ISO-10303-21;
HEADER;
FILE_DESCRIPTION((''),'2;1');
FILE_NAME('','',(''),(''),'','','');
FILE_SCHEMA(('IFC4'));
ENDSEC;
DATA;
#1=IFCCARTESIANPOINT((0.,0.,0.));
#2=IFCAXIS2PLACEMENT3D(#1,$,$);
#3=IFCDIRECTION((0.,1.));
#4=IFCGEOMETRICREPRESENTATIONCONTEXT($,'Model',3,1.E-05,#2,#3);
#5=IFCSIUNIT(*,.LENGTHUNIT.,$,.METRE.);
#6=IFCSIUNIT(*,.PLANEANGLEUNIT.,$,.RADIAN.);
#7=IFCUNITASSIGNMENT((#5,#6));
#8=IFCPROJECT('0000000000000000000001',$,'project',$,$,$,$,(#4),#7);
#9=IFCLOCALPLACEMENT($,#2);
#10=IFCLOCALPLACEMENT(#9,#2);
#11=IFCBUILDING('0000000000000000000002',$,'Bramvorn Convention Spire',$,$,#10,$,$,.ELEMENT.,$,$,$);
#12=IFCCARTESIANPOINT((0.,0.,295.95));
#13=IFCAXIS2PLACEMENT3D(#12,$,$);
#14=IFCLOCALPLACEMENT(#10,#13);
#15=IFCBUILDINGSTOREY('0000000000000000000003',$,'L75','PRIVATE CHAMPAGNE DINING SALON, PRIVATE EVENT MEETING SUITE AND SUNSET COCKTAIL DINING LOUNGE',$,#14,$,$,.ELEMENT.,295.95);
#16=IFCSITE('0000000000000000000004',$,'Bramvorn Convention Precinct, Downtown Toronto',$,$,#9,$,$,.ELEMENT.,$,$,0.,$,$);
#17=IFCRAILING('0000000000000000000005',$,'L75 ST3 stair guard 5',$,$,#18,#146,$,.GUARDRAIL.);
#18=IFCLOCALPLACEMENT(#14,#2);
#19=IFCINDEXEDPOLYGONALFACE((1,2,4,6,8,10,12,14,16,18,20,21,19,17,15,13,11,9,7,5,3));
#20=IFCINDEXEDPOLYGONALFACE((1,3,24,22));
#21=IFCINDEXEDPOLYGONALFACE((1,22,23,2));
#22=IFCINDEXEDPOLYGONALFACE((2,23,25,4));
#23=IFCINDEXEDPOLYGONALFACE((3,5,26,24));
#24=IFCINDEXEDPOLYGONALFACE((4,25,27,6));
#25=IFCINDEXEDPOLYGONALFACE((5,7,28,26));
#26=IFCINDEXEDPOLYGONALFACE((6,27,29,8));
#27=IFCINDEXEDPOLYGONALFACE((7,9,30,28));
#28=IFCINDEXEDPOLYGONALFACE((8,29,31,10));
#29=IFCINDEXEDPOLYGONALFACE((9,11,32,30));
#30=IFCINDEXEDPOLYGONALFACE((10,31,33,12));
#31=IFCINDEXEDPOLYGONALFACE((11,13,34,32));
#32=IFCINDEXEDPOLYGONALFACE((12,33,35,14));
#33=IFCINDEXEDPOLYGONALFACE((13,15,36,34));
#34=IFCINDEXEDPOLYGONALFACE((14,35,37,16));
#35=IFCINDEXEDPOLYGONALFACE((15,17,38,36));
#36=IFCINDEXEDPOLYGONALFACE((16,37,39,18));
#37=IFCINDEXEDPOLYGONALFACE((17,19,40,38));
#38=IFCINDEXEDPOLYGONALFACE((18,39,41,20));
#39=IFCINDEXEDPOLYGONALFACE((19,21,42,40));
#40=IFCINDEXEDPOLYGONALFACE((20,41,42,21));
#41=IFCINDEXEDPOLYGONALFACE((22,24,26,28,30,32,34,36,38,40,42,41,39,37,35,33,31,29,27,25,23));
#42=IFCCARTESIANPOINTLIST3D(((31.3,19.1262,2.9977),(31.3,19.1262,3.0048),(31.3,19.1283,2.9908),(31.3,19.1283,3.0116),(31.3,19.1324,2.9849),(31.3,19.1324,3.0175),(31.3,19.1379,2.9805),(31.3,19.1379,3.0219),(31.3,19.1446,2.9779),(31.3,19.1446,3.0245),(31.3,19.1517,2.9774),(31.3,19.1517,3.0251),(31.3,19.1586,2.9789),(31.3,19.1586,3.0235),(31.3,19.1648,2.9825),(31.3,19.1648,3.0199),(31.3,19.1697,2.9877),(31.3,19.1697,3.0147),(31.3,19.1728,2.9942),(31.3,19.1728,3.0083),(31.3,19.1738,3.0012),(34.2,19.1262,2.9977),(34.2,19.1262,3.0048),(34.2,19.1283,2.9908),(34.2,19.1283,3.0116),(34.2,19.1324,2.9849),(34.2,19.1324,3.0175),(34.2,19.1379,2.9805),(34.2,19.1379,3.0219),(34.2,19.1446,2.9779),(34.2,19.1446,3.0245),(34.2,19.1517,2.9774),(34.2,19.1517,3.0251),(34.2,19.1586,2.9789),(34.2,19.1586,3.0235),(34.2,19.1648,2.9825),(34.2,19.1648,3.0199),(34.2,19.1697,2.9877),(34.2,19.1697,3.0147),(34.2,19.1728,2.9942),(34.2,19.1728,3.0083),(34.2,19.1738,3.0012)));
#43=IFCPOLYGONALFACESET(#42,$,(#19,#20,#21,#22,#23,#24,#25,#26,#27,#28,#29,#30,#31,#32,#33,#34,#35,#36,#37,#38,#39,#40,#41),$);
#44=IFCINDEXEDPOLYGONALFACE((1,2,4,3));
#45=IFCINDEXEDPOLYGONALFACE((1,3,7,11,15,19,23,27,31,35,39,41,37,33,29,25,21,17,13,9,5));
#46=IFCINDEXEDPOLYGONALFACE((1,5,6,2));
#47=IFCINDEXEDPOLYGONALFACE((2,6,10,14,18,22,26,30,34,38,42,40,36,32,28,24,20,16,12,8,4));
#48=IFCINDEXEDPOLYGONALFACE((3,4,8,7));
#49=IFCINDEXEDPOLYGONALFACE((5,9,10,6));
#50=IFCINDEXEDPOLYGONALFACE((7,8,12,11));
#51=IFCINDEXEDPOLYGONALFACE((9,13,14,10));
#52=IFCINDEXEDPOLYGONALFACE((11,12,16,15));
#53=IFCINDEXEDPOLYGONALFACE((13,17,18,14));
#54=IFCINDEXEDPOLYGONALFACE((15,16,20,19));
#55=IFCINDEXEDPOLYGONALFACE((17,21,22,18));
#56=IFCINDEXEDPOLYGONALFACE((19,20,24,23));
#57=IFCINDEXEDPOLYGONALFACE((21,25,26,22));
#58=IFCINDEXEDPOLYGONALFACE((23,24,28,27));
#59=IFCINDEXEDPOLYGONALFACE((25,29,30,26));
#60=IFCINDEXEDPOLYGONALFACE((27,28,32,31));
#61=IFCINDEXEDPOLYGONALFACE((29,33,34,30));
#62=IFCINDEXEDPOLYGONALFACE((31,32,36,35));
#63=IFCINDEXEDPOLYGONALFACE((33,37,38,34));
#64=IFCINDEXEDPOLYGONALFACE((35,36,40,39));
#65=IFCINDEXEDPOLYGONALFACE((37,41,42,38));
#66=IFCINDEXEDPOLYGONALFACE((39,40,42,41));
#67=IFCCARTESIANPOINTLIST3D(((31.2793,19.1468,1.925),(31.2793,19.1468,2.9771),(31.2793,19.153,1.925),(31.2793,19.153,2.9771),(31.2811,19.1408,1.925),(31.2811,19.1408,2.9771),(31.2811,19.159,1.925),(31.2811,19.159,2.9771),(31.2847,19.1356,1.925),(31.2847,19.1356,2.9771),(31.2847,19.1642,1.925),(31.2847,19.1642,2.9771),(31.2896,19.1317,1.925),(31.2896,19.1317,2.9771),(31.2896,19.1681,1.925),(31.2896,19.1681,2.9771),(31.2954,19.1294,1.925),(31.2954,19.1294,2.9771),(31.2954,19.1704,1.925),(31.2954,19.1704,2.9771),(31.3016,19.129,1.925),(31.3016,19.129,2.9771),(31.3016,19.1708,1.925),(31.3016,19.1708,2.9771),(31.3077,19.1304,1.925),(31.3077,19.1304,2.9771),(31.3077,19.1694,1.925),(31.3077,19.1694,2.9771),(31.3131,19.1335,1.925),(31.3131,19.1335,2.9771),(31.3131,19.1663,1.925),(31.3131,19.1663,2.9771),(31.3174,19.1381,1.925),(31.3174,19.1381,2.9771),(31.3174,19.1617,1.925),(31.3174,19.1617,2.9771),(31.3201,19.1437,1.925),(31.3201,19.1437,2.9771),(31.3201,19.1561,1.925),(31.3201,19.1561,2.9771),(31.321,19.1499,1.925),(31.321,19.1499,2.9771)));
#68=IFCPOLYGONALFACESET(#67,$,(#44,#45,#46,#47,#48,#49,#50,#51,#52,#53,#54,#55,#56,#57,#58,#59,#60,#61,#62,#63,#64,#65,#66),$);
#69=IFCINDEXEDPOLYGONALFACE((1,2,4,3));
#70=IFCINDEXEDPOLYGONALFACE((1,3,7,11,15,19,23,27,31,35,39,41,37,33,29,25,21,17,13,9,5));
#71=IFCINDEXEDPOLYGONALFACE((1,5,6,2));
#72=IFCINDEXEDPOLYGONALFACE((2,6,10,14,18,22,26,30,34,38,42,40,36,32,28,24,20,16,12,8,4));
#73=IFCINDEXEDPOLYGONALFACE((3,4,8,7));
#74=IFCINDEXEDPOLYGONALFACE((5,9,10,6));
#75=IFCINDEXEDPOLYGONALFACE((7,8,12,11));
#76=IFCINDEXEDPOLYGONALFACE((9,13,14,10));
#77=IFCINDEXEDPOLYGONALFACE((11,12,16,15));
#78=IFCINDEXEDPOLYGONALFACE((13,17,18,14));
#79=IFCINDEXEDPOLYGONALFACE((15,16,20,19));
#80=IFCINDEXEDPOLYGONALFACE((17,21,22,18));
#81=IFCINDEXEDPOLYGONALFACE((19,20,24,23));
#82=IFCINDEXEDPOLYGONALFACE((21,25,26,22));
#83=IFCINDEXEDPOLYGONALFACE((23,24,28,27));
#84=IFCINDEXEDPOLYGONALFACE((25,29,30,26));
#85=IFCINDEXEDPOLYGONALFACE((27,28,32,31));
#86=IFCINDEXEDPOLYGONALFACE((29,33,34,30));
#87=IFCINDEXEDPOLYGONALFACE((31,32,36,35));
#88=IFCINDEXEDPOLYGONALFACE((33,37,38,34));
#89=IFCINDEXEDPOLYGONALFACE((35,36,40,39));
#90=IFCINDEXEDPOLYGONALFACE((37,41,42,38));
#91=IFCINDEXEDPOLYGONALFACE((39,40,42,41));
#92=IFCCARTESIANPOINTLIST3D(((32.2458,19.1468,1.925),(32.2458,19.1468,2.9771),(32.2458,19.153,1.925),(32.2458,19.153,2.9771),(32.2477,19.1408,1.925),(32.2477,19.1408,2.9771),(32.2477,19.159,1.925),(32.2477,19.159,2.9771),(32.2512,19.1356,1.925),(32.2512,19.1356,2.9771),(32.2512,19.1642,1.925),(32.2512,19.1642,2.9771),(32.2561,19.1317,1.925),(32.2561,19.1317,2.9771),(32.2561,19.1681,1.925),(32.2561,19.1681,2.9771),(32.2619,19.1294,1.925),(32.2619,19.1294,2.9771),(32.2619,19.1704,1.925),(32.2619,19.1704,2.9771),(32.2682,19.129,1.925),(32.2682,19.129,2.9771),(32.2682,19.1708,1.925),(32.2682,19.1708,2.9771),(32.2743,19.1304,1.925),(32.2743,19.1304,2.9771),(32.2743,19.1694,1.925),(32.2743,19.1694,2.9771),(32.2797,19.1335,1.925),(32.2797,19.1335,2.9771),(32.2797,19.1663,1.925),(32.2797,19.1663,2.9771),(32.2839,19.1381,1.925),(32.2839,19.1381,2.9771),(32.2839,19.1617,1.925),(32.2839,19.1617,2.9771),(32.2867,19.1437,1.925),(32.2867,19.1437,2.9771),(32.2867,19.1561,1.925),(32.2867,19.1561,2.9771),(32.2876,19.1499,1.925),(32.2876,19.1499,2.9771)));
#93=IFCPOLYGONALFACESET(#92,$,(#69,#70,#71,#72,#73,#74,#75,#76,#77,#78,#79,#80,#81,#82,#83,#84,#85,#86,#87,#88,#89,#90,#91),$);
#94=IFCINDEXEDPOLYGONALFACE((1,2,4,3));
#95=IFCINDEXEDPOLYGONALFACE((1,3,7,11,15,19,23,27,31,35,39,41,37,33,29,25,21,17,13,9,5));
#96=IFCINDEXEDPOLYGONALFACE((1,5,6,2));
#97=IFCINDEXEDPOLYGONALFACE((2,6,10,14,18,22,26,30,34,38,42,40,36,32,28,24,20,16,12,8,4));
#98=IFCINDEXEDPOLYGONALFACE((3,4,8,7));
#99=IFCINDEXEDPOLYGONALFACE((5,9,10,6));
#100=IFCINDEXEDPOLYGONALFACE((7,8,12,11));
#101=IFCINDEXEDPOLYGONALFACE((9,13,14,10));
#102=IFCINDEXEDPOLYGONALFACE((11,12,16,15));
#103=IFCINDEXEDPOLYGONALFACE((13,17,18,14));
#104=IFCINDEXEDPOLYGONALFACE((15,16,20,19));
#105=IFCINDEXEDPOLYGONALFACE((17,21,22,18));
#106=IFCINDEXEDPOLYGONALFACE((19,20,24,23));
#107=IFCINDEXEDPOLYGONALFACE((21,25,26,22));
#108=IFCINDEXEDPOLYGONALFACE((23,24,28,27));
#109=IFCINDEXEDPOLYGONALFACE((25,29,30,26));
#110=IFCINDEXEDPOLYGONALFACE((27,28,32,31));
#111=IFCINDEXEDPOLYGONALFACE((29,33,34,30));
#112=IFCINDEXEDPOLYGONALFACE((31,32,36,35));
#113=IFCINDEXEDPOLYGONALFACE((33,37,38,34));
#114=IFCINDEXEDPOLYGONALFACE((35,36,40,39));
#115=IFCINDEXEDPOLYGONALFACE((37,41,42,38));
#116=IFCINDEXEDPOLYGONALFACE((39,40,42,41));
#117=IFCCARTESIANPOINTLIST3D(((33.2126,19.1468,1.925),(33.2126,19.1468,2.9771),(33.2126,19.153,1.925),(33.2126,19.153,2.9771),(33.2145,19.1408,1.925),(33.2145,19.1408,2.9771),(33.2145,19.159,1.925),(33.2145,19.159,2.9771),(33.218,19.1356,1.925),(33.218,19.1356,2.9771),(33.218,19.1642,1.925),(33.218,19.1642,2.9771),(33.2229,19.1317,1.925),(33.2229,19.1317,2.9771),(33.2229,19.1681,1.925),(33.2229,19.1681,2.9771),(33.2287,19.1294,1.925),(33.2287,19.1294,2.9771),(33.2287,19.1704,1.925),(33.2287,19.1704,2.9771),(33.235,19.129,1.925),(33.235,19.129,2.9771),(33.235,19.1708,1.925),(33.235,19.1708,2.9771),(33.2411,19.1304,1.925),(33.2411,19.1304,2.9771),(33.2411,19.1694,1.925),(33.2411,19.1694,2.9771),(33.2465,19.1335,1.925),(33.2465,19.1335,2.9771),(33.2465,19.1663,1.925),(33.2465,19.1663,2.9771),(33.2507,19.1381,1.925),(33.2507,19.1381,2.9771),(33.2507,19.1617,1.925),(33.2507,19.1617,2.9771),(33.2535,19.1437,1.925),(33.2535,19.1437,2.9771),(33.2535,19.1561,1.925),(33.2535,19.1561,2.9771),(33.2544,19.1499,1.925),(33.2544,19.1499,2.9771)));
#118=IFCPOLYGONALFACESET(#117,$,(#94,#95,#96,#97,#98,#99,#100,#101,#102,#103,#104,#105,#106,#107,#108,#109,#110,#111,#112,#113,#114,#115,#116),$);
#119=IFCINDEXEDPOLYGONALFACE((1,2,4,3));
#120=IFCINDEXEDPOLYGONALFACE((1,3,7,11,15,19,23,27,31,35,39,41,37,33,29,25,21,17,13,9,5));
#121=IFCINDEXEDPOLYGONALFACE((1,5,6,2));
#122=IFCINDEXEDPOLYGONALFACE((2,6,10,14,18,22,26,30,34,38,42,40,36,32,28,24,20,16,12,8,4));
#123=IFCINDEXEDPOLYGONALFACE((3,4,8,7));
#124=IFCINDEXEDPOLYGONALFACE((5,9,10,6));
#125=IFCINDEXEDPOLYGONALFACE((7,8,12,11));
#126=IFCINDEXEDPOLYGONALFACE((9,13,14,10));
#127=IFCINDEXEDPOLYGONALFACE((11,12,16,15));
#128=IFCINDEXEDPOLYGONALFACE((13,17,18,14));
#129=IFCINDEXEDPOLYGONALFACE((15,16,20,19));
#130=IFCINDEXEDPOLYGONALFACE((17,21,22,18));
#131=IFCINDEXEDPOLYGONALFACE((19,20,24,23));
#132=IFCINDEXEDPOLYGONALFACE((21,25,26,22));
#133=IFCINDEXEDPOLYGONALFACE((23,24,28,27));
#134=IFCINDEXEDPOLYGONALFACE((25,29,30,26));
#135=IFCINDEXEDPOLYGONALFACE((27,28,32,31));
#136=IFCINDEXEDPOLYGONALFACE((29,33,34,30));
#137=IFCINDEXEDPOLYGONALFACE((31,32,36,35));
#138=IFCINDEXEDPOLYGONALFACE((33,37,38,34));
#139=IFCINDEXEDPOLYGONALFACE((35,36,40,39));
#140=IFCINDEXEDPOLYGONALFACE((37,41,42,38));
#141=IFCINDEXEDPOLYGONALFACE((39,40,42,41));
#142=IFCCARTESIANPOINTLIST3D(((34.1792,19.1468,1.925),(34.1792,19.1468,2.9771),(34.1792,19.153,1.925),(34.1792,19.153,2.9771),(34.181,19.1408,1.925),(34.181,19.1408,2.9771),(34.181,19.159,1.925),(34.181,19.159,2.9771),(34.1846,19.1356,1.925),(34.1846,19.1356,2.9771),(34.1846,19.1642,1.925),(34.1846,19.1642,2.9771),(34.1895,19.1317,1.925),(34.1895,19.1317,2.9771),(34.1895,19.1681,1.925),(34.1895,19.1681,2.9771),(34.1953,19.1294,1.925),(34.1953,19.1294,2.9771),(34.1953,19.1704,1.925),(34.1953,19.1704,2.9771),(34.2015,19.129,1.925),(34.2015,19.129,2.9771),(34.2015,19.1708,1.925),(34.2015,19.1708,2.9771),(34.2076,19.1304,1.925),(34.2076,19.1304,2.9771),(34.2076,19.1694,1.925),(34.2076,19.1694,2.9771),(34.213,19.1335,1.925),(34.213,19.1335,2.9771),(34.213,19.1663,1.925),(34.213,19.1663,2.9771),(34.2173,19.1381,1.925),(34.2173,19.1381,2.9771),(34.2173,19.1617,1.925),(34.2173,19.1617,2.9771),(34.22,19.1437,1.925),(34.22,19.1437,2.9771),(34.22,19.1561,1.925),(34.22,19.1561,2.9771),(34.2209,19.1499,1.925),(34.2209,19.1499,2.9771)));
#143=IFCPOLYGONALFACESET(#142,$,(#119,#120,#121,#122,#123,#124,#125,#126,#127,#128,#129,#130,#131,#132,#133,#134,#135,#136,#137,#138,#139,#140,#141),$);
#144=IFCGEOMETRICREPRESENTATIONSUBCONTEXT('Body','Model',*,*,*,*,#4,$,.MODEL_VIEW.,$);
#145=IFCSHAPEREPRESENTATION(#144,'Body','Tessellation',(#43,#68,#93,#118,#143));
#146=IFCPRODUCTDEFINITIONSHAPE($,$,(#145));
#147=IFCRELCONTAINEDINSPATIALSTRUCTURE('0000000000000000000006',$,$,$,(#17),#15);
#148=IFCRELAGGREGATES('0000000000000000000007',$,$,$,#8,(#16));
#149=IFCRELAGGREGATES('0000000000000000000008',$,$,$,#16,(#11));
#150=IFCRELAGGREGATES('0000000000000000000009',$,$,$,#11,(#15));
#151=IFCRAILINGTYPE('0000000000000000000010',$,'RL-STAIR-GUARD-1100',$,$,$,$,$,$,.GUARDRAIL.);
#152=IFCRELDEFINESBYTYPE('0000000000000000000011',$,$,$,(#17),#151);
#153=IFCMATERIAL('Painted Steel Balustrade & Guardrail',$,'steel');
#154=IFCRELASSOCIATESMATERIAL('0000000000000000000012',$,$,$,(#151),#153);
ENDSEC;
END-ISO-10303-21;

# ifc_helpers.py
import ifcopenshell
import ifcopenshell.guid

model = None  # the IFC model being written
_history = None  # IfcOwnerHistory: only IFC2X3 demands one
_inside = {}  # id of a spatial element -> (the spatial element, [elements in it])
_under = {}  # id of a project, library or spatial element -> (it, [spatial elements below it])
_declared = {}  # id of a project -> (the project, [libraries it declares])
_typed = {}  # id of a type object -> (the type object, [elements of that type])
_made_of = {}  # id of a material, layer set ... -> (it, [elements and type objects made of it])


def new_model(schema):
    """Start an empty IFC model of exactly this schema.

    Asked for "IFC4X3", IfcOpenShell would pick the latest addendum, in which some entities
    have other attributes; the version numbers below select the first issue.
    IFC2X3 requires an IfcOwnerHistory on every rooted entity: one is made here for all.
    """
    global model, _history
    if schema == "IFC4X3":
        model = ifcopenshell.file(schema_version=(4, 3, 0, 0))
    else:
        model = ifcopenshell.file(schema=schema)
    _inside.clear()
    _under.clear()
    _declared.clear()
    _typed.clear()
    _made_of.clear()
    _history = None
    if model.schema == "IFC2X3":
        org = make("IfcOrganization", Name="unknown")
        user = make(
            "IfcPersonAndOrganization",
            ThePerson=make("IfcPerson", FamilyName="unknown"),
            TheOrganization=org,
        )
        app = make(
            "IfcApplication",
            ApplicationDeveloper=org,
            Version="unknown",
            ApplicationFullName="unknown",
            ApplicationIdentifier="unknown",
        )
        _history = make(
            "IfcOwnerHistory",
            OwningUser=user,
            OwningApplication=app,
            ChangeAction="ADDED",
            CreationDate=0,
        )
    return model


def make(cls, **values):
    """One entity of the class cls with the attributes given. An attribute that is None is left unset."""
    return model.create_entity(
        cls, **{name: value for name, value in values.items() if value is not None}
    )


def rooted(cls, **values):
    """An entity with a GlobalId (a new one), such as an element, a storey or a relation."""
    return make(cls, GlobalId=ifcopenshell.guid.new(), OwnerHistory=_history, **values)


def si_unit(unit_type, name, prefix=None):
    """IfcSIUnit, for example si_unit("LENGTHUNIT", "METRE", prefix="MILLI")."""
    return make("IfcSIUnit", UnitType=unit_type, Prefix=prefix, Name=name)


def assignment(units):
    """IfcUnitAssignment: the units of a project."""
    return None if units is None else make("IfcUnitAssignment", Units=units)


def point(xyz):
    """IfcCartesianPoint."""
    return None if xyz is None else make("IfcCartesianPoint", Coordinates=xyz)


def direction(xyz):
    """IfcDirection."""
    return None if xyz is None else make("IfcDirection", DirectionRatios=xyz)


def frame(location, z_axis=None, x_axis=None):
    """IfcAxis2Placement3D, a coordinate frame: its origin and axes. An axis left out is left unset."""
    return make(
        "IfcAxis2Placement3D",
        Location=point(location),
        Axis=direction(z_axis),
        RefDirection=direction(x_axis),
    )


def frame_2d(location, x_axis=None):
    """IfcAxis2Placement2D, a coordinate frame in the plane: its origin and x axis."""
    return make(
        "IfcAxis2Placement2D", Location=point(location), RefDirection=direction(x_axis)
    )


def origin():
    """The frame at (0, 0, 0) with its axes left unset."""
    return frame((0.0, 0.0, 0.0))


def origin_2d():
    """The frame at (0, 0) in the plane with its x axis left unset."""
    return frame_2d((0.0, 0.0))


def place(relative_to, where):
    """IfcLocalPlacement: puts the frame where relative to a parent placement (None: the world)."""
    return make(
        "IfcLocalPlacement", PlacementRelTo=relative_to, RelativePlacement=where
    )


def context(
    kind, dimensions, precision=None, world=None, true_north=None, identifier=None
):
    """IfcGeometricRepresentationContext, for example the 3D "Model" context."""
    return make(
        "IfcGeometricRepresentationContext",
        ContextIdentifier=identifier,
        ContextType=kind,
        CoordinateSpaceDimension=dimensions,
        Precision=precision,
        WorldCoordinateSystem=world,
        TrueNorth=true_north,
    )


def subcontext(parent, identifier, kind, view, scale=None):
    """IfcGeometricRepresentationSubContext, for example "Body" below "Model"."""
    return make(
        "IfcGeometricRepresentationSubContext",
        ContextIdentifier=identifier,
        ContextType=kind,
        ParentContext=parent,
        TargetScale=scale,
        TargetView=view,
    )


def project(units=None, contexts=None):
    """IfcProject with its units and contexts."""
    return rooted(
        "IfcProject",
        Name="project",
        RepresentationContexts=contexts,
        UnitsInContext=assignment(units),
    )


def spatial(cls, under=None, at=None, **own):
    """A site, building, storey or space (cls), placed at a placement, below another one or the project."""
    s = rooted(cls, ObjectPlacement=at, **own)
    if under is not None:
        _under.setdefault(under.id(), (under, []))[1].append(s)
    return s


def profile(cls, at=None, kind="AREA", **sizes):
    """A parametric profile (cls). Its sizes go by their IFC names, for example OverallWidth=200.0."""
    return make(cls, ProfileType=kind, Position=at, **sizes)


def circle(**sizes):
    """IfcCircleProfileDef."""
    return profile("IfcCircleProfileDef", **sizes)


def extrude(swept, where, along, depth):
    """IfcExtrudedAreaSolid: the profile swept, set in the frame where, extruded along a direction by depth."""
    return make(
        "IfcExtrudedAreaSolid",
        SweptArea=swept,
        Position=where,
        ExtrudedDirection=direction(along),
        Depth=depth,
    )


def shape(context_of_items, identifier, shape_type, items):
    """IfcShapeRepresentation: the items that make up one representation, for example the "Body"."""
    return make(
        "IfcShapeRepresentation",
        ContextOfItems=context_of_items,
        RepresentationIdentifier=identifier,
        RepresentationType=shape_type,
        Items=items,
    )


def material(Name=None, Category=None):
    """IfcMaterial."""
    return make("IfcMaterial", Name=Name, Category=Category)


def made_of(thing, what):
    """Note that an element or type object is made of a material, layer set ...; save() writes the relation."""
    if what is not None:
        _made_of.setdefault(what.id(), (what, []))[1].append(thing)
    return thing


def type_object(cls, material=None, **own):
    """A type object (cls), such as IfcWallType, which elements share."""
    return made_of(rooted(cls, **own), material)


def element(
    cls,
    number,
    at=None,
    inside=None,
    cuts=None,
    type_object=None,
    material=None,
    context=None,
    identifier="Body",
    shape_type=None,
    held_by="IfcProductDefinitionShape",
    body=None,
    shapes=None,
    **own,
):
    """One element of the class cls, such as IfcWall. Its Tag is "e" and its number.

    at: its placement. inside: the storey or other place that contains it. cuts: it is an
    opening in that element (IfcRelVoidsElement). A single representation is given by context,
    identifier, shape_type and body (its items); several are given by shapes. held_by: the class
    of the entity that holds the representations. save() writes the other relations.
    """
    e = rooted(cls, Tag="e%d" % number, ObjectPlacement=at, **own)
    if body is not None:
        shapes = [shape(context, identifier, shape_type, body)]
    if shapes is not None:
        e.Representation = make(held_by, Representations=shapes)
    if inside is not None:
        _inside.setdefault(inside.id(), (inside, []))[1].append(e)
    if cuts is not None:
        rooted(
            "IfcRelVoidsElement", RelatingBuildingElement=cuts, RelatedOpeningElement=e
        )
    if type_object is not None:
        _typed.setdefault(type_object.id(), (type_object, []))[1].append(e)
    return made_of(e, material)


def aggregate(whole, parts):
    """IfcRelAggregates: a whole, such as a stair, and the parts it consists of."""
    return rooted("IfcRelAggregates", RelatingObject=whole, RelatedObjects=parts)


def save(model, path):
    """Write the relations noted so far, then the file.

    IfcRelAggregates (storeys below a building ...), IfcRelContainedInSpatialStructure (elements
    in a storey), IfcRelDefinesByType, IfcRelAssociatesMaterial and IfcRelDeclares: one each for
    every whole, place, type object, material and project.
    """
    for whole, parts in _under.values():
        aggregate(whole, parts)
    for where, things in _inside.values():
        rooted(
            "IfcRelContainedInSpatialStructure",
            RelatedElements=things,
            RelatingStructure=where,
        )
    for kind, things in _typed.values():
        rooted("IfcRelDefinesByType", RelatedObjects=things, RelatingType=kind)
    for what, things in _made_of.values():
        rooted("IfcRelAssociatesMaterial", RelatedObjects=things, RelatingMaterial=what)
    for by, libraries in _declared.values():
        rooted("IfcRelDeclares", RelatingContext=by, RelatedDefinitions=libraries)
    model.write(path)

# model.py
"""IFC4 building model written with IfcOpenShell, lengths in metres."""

from ifc_helpers import new_model, si_unit, direction, frame, origin, origin_2d, place, context, subcontext, project, spatial, circle, extrude, material, type_object, element, save


model = new_model("IFC4")

# Units and contexts
model_context = context("Model", 3, precision=1e-05, world=origin(), true_north=direction((0.0, 1.0)))
body_context = subcontext(model_context, "Body", "Model", "MODEL_VIEW")
ifc_project = project(units=[si_unit("LENGTHUNIT", "METRE"), si_unit("PLANEANGLEUNIT", "RADIAN")], contexts=[model_context])

# Site, building, storey
site_placement = place(None, origin())
site = spatial("IfcSite", under=ifc_project, at=site_placement, Name="Bramvorn Convention Precinct, Downtown Toronto", CompositionType="ELEMENT", RefElevation=0.0)
building_placement = place(site_placement, origin())
building = spatial("IfcBuilding", under=site, at=building_placement, Name="Bramvorn Convention Spire", CompositionType="ELEMENT")
storey_placement = place(building_placement, frame((0.0, 0.0, 295.95)))
storey = spatial("IfcBuildingStorey", under=building, at=storey_placement, Name="L75", Description="PRIVATE CHAMPAGNE DINING SALON, PRIVATE EVENT MEETING SUITE AND SUNSET COCKTAIL DINING LOUNGE", CompositionType="ELEMENT", Elevation=295.95)

# Railing
ifc_material_1 = material(Name="Painted Steel Balustrade & Guardrail", Category="steel")
railing_type_1 = type_object("IfcRailingType", Name="RL-STAIR-GUARD-1100", PredefinedType="GUARDRAIL", material=ifc_material_1)
railing_1_placement = place(storey_placement, frame((31.3, 19.1499, 1.925)))
element("IfcRailing", 1, at=railing_1_placement, inside=storey, type_object=railing_type_1, Name="L75 ST3 stair guard 5", PredefinedType="GUARDRAIL", context=body_context, shape_type="SweptSolid", body=[
    extrude(circle(Radius=0.0239, at=origin_2d()), frame((0.0, 0.0, 1.0762), z_axis=(1.0, 0.0, 0.0), x_axis=(0.0, 1.0, 0.0)), (0.0, 0.0, 1.0), 2.8999),
    extrude(circle(Radius=0.021, at=origin_2d()), origin(), (0.0, 0.0, 1.0), 1.052),
    extrude(circle(Radius=0.021, at=origin_2d()), frame((0.9666, 0.0, 0.0)), (0.0, 0.0, 1.0), 1.052),
    extrude(circle(Radius=0.021, at=origin_2d()), frame((1.9333, 0.0, 0.0)), (0.0, 0.0, 1.0), 1.052),
    extrude(circle(Radius=0.021, at=origin_2d()), frame((2.8999, 0.0, 0.0)), (0.0, 0.0, 1.0), 1.052),
])

save(model, "model.ifc")
